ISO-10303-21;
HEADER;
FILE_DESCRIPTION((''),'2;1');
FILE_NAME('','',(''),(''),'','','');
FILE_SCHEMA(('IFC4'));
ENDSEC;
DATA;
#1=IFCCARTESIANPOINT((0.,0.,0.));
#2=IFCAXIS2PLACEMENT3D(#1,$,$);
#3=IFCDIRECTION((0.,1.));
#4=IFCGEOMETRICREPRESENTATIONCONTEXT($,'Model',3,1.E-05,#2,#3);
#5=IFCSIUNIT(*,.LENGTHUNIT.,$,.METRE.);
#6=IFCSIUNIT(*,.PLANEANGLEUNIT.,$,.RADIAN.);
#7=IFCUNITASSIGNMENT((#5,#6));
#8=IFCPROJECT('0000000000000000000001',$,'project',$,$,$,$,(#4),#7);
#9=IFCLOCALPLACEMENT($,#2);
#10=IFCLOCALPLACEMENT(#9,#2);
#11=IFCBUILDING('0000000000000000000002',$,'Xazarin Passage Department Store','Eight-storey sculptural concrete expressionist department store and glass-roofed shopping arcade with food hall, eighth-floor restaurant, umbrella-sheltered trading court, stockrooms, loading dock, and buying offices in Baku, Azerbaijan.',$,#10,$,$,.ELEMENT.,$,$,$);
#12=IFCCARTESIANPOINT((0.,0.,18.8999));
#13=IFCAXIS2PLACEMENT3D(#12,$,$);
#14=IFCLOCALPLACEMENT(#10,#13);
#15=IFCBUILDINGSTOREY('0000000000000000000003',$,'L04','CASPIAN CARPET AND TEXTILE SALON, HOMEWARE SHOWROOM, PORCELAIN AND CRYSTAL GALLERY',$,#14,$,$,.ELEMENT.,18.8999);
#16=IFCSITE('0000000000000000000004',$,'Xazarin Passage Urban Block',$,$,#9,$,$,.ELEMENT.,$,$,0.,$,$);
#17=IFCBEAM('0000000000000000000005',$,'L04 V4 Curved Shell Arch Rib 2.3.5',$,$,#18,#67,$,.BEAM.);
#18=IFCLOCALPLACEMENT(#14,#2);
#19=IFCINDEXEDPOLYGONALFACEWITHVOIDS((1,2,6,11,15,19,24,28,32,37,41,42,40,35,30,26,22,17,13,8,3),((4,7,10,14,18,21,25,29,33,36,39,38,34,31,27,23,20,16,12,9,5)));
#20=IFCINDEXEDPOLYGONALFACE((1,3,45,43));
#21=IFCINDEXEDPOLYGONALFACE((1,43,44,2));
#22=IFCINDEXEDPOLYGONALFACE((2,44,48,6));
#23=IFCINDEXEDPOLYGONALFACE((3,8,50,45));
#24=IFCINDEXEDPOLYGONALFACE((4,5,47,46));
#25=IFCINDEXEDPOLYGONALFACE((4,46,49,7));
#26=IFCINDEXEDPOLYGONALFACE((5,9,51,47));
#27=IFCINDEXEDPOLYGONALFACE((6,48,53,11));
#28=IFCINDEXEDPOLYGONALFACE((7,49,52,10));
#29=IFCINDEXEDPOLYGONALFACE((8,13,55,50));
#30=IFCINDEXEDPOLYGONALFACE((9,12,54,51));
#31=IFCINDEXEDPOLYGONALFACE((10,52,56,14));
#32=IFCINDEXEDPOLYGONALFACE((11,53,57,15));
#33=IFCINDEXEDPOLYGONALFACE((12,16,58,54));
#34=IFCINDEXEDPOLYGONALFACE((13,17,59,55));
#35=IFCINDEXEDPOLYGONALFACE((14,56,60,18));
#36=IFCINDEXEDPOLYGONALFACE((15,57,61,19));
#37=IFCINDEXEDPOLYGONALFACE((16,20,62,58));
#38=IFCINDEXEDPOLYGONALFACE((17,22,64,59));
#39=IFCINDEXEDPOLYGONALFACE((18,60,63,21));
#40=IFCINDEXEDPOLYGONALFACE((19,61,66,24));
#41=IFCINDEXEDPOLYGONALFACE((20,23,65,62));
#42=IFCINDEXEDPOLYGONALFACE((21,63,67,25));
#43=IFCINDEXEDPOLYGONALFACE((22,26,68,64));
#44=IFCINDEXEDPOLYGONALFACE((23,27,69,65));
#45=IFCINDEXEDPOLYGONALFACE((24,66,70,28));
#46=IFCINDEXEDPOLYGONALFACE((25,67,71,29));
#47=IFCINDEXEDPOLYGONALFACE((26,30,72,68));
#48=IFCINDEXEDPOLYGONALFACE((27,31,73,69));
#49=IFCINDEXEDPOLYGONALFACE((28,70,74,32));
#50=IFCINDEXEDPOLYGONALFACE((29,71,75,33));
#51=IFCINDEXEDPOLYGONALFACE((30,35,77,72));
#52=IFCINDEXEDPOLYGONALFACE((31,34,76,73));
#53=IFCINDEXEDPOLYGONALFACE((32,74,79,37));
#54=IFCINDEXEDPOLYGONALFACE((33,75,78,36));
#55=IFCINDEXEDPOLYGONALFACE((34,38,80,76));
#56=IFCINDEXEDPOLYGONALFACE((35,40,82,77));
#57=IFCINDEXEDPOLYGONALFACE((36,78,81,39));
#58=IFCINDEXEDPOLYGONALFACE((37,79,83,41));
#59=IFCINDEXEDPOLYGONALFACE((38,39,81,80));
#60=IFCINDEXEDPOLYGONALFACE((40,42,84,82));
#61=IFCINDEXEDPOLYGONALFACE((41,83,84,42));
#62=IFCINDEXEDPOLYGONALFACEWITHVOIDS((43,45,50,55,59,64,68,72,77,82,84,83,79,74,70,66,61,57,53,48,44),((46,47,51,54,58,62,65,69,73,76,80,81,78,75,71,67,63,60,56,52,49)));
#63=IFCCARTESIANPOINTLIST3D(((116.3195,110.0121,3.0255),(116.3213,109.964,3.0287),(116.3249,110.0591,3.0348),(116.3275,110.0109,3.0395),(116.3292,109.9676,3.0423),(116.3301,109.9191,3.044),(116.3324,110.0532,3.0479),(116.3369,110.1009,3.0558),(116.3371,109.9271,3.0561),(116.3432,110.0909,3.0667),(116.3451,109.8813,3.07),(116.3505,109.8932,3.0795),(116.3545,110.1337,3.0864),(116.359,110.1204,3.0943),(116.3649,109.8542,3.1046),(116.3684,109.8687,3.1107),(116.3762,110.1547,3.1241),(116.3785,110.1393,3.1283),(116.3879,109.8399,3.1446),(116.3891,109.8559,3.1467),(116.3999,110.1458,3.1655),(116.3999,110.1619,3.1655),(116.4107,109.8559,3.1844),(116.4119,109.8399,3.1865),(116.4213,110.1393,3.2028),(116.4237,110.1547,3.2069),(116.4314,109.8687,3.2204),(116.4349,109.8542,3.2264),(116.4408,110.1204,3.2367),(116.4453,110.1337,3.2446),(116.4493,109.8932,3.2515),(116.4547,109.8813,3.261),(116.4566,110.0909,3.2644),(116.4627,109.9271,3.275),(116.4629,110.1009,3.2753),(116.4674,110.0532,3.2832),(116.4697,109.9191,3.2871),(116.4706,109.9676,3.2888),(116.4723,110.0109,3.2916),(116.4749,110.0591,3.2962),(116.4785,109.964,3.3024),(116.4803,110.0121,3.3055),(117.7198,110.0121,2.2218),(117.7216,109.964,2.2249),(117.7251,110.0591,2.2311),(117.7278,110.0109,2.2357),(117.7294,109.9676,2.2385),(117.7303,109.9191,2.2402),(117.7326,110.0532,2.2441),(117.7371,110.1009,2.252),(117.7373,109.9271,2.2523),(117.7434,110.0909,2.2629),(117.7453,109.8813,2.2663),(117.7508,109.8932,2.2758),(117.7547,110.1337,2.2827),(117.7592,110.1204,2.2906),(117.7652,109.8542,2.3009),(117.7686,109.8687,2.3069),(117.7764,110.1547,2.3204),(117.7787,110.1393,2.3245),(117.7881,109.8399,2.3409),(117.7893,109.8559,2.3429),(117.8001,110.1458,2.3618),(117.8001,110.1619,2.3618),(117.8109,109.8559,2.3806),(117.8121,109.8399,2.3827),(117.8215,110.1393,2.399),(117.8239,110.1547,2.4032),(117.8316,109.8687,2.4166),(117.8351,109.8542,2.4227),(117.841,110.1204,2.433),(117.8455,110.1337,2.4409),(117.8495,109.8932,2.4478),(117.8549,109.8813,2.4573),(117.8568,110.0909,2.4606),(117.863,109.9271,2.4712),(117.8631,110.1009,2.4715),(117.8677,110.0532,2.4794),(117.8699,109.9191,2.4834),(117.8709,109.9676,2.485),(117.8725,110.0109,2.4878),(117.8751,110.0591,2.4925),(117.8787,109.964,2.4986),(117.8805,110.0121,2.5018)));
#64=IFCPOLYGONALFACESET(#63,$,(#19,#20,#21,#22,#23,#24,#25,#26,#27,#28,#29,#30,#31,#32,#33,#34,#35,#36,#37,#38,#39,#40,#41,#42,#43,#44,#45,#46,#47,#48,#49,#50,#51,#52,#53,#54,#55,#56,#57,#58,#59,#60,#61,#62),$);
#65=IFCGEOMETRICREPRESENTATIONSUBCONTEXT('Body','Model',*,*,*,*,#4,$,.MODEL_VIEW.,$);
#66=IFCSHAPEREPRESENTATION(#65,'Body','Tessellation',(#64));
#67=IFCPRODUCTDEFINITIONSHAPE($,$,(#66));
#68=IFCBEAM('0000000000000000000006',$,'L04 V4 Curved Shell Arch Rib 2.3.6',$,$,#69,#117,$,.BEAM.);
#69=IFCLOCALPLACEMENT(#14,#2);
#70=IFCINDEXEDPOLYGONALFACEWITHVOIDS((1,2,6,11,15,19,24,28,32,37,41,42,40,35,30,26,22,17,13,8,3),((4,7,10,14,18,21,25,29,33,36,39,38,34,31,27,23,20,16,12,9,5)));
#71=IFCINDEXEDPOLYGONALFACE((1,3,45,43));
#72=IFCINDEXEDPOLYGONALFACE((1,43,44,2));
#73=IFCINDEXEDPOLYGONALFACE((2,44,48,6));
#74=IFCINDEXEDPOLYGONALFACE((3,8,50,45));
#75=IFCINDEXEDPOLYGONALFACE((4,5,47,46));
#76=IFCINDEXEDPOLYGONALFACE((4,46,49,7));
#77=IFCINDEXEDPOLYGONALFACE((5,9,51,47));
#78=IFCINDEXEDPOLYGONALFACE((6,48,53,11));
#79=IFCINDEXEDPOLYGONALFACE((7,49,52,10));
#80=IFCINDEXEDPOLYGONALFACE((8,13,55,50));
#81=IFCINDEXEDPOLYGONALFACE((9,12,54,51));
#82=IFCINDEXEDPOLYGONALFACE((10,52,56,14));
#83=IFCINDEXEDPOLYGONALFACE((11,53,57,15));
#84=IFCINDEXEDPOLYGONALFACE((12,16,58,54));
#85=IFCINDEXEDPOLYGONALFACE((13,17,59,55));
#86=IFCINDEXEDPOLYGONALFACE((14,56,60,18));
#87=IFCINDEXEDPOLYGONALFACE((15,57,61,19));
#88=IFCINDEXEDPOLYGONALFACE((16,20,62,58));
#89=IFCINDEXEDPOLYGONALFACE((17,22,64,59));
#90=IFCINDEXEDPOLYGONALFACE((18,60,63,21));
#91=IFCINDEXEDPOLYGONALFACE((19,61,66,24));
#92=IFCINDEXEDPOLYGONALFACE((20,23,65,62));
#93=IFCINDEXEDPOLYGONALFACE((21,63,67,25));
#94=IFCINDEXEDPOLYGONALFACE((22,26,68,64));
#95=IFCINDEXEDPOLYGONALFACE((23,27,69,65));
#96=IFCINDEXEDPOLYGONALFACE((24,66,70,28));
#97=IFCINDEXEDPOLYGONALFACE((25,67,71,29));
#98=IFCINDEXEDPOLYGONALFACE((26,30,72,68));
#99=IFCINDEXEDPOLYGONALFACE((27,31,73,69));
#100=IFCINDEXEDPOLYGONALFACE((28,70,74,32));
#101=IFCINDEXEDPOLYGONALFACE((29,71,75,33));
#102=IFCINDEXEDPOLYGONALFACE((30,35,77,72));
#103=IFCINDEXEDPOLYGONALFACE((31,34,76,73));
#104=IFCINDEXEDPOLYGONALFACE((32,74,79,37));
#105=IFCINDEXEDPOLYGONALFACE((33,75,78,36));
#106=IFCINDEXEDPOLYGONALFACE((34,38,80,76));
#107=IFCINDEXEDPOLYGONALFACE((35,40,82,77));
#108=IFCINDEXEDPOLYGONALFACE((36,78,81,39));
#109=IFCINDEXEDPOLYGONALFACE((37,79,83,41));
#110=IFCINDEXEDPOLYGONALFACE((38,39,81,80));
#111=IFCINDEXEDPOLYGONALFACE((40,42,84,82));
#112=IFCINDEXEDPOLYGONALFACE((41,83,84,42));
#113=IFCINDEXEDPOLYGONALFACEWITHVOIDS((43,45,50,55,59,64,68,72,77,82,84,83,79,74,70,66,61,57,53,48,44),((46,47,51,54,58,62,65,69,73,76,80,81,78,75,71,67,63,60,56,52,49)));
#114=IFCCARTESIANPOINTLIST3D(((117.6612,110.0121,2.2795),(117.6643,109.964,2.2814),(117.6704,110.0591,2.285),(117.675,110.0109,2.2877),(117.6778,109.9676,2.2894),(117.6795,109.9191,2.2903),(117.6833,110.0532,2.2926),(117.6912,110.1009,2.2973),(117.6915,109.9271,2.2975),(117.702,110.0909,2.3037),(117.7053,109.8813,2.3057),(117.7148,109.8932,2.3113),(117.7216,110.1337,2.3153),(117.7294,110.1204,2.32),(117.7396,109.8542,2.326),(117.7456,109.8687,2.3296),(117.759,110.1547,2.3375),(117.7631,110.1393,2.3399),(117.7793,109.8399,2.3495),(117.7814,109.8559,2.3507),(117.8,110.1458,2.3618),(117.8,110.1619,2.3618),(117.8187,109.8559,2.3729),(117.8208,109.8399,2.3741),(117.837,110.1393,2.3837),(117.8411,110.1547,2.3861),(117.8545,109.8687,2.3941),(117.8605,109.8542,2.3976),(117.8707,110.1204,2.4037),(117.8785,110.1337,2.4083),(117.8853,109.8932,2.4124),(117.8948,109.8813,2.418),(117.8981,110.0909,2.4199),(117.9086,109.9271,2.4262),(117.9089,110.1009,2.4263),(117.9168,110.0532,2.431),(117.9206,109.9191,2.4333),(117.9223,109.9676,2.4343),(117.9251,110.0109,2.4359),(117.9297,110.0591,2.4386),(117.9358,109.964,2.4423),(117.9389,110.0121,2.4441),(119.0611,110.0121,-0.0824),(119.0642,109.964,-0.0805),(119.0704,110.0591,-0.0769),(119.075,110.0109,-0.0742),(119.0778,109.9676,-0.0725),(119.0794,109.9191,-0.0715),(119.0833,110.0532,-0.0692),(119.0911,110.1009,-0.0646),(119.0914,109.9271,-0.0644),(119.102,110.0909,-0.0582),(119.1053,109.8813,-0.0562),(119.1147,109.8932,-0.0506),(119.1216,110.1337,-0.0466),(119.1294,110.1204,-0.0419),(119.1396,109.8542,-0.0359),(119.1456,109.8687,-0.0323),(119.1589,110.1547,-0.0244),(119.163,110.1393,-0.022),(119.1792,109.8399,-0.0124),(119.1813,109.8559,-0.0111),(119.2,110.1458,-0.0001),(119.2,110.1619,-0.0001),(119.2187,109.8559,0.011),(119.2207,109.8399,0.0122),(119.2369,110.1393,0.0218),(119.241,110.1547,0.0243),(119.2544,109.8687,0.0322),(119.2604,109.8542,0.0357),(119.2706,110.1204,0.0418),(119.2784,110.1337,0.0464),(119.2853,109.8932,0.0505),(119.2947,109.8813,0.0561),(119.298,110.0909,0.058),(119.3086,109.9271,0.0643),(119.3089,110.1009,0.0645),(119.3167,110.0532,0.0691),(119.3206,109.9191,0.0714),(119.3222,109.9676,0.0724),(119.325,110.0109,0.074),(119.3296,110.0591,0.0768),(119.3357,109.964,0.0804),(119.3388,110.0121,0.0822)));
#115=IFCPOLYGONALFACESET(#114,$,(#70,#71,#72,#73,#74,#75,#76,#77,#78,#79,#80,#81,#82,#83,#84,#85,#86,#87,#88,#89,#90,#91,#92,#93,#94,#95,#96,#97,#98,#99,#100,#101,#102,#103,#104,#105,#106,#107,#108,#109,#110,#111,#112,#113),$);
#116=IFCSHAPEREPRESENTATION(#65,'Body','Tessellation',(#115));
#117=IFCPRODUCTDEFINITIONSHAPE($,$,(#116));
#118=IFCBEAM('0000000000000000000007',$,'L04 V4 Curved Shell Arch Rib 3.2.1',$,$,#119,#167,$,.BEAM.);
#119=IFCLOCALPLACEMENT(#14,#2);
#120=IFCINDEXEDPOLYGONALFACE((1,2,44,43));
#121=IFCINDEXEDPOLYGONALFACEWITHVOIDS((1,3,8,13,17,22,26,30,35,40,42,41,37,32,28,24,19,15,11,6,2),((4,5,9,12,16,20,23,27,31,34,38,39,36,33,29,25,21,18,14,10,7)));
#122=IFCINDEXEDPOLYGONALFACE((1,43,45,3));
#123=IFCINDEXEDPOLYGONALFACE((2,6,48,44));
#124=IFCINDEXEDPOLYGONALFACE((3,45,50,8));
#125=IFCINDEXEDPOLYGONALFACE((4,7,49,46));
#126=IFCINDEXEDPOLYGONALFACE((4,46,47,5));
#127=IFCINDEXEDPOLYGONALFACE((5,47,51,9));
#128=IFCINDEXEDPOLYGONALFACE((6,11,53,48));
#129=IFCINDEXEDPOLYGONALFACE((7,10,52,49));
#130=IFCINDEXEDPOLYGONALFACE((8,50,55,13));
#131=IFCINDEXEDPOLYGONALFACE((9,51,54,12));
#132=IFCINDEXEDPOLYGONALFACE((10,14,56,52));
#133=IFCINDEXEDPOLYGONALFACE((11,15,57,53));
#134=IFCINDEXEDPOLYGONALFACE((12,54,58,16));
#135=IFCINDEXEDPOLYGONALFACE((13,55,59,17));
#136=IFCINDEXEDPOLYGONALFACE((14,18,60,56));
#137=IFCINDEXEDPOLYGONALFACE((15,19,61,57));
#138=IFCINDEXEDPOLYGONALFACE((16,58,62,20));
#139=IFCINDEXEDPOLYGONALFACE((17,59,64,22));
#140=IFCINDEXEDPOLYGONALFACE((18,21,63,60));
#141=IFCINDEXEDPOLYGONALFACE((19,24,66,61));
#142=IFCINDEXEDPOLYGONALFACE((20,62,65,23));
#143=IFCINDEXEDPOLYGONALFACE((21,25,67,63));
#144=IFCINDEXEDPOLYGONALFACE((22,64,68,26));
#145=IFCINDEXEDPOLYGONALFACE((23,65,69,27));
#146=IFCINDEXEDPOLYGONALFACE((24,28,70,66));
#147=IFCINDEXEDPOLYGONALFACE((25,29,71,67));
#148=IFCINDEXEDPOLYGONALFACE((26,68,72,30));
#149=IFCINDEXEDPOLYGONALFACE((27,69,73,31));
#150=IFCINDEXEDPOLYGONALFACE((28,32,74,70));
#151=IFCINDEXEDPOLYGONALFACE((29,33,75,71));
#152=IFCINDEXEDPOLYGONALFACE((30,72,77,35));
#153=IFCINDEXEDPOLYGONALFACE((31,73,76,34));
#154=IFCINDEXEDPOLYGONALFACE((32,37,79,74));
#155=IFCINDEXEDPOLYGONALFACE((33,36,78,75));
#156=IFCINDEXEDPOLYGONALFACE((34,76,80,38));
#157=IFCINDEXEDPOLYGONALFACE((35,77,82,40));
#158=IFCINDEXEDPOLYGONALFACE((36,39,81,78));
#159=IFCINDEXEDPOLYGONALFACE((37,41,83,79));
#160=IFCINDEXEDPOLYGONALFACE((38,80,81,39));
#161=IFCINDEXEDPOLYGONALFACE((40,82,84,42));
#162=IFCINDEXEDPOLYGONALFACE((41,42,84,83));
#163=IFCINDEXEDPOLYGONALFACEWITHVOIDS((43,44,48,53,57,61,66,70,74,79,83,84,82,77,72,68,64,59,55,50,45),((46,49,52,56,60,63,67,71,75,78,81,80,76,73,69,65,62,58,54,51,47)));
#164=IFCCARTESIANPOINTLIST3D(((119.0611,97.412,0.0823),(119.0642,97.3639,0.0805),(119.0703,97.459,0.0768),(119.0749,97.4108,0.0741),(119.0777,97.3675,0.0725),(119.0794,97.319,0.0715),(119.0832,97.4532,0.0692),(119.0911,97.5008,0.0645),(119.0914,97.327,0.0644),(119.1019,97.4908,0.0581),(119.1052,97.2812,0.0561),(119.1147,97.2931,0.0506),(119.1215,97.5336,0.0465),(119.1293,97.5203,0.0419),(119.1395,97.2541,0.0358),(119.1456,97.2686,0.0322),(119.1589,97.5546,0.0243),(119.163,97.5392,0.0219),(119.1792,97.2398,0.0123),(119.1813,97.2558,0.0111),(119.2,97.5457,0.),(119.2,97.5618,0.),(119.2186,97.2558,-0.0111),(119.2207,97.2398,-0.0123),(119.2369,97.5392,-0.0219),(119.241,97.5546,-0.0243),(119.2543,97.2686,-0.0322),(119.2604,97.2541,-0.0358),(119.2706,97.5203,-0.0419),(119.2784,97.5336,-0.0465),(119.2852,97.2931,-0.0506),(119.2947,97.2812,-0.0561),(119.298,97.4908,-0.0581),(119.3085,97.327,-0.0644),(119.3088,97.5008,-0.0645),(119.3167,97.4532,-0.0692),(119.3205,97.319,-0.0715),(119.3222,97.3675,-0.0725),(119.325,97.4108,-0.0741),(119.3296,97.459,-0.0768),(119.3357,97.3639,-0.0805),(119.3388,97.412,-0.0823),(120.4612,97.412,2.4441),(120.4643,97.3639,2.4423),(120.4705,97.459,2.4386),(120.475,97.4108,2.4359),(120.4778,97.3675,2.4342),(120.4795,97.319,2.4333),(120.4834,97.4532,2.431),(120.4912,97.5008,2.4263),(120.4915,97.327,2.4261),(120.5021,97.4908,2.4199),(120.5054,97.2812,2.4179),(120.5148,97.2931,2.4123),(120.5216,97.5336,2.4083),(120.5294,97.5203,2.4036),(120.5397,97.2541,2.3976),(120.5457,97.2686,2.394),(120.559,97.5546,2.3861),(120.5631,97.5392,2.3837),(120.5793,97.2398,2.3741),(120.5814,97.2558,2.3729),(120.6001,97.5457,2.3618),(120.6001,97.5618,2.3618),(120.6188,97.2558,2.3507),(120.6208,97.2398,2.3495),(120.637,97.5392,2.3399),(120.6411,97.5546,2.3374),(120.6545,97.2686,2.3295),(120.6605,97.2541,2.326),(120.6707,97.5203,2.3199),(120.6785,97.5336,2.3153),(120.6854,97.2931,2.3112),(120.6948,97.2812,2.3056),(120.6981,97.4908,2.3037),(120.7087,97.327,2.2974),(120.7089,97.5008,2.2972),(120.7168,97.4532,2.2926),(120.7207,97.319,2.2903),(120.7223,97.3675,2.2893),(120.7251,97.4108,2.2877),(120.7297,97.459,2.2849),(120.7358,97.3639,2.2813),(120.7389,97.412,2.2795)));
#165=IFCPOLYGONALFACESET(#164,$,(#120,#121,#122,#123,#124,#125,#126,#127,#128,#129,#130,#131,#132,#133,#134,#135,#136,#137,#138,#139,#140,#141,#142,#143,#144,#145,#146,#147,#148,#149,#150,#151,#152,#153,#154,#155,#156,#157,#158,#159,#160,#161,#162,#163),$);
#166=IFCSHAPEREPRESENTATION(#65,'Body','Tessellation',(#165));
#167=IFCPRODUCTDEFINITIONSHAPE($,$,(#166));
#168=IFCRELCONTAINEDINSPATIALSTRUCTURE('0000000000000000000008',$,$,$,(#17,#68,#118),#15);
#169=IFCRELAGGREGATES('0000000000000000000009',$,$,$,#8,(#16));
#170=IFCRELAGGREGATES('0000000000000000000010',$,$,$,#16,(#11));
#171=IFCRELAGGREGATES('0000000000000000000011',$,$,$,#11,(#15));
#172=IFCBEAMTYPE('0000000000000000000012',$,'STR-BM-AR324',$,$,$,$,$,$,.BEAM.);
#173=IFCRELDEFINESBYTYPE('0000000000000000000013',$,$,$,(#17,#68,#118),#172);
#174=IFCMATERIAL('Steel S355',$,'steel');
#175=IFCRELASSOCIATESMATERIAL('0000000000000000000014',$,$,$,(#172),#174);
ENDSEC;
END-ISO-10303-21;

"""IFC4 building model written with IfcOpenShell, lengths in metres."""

from ifc_helpers import new_model, si_unit, direction, frame, origin, origin_2d, place, context, subcontext, project, spatial, hollow_circle, extrude, material, material_profile, profile_set, type_object, element, save


model = new_model("IFC4")

# Units and contexts
model_context = context("Model", 3, precision=1e-05, world=origin(), true_north=direction((0.0, 1.0)))
body_context = subcontext(model_context, "Body", "Model", "MODEL_VIEW")
ifc_project = project(units=[si_unit("LENGTHUNIT", "METRE"), si_unit("PLANEANGLEUNIT", "RADIAN")], contexts=[model_context])

# Site, building, storey
site_placement = place(None, origin())
site = spatial("IfcSite", under=ifc_project, at=site_placement, Name="Xazarin Passage Urban Block", CompositionType="ELEMENT", RefElevation=0.0)
building_placement = place(site_placement, origin())
building = spatial("IfcBuilding", under=site, at=building_placement, Name="Xazarin Passage Department Store", Description="Eight-storey sculptural concrete expressionist department store and glass-roofed shopping arcade with food hall, eighth-floor restaurant, umbrella-sheltered trading court, stockrooms, loading dock, and buying offices in Baku, Azerbaijan.", CompositionType="ELEMENT")
storey_placement = place(building_placement, frame((0.0, 0.0, 18.8999)))
storey = spatial("IfcBuildingStorey", under=building, at=storey_placement, Name="L04", Description="CASPIAN CARPET AND TEXTILE SALON, HOMEWARE SHOWROOM, PORCELAIN AND CRYSTAL GALLERY", CompositionType="ELEMENT", Elevation=18.8999)

# Beams
ifc_material_1 = material(Name="Steel S355", Category="steel")
ifc_material_profile_1 = material_profile(ifc_material_1, hollow_circle(Radius=0.1619, WallThickness=0.0161, at=origin_2d()), Name="CHS 323.9x16")
ifc_profile_set_1 = profile_set([ifc_material_profile_1], Name="Steel S355")
beam_type_1 = type_object("IfcBeamType", Name="STR-BM-AR324", PredefinedType="BEAM", material=ifc_profile_set_1)
beam_1_placement = place(storey_placement, frame((116.3999, 110.0, 3.1655), z_axis=(0.867274, 0.0, -0.497832), x_axis=(0.0, 1.0, 0.0)))
element("IfcBeam", 1, at=beam_1_placement, inside=storey, type_object=beam_type_1, Name="L04 V4 Curved Shell Arch Rib 2.3.5", PredefinedType="BEAM", context=body_context, shape_type="SweptSolid", body=[
    extrude(hollow_circle(Radius=0.1619, WallThickness=0.0161, at=origin_2d()), origin(), (0.0, 0.0, 1.0), 1.6145),
])
for number, where, z_axis, x_axis, name in (
    (2, (117.8, 110.0, 2.3618), (0.509885, 0.0, -0.860242), (0.0, 1.0, 0.0), "L04 V4 Curved Shell Arch Rib 2.3.6"),
    (3, (119.2, 97.3999, 0.0), (0.509951, 0.0, 0.860203), (0.0, 1.0, 0.0), "L04 V4 Curved Shell Arch Rib 3.2.1"),
):
    element("IfcBeam", number, at=place(storey_placement, frame(where, z_axis=z_axis, x_axis=x_axis)), inside=storey, type_object=beam_type_1, Name=name, PredefinedType="BEAM", context=body_context, shape_type="SweptSolid", body=[
        extrude(hollow_circle(Radius=0.1619, WallThickness=0.0161, at=origin_2d()), origin(), (0.0, 0.0, 1.0), 2.7456),
    ])

save(model, "model.ifc")
